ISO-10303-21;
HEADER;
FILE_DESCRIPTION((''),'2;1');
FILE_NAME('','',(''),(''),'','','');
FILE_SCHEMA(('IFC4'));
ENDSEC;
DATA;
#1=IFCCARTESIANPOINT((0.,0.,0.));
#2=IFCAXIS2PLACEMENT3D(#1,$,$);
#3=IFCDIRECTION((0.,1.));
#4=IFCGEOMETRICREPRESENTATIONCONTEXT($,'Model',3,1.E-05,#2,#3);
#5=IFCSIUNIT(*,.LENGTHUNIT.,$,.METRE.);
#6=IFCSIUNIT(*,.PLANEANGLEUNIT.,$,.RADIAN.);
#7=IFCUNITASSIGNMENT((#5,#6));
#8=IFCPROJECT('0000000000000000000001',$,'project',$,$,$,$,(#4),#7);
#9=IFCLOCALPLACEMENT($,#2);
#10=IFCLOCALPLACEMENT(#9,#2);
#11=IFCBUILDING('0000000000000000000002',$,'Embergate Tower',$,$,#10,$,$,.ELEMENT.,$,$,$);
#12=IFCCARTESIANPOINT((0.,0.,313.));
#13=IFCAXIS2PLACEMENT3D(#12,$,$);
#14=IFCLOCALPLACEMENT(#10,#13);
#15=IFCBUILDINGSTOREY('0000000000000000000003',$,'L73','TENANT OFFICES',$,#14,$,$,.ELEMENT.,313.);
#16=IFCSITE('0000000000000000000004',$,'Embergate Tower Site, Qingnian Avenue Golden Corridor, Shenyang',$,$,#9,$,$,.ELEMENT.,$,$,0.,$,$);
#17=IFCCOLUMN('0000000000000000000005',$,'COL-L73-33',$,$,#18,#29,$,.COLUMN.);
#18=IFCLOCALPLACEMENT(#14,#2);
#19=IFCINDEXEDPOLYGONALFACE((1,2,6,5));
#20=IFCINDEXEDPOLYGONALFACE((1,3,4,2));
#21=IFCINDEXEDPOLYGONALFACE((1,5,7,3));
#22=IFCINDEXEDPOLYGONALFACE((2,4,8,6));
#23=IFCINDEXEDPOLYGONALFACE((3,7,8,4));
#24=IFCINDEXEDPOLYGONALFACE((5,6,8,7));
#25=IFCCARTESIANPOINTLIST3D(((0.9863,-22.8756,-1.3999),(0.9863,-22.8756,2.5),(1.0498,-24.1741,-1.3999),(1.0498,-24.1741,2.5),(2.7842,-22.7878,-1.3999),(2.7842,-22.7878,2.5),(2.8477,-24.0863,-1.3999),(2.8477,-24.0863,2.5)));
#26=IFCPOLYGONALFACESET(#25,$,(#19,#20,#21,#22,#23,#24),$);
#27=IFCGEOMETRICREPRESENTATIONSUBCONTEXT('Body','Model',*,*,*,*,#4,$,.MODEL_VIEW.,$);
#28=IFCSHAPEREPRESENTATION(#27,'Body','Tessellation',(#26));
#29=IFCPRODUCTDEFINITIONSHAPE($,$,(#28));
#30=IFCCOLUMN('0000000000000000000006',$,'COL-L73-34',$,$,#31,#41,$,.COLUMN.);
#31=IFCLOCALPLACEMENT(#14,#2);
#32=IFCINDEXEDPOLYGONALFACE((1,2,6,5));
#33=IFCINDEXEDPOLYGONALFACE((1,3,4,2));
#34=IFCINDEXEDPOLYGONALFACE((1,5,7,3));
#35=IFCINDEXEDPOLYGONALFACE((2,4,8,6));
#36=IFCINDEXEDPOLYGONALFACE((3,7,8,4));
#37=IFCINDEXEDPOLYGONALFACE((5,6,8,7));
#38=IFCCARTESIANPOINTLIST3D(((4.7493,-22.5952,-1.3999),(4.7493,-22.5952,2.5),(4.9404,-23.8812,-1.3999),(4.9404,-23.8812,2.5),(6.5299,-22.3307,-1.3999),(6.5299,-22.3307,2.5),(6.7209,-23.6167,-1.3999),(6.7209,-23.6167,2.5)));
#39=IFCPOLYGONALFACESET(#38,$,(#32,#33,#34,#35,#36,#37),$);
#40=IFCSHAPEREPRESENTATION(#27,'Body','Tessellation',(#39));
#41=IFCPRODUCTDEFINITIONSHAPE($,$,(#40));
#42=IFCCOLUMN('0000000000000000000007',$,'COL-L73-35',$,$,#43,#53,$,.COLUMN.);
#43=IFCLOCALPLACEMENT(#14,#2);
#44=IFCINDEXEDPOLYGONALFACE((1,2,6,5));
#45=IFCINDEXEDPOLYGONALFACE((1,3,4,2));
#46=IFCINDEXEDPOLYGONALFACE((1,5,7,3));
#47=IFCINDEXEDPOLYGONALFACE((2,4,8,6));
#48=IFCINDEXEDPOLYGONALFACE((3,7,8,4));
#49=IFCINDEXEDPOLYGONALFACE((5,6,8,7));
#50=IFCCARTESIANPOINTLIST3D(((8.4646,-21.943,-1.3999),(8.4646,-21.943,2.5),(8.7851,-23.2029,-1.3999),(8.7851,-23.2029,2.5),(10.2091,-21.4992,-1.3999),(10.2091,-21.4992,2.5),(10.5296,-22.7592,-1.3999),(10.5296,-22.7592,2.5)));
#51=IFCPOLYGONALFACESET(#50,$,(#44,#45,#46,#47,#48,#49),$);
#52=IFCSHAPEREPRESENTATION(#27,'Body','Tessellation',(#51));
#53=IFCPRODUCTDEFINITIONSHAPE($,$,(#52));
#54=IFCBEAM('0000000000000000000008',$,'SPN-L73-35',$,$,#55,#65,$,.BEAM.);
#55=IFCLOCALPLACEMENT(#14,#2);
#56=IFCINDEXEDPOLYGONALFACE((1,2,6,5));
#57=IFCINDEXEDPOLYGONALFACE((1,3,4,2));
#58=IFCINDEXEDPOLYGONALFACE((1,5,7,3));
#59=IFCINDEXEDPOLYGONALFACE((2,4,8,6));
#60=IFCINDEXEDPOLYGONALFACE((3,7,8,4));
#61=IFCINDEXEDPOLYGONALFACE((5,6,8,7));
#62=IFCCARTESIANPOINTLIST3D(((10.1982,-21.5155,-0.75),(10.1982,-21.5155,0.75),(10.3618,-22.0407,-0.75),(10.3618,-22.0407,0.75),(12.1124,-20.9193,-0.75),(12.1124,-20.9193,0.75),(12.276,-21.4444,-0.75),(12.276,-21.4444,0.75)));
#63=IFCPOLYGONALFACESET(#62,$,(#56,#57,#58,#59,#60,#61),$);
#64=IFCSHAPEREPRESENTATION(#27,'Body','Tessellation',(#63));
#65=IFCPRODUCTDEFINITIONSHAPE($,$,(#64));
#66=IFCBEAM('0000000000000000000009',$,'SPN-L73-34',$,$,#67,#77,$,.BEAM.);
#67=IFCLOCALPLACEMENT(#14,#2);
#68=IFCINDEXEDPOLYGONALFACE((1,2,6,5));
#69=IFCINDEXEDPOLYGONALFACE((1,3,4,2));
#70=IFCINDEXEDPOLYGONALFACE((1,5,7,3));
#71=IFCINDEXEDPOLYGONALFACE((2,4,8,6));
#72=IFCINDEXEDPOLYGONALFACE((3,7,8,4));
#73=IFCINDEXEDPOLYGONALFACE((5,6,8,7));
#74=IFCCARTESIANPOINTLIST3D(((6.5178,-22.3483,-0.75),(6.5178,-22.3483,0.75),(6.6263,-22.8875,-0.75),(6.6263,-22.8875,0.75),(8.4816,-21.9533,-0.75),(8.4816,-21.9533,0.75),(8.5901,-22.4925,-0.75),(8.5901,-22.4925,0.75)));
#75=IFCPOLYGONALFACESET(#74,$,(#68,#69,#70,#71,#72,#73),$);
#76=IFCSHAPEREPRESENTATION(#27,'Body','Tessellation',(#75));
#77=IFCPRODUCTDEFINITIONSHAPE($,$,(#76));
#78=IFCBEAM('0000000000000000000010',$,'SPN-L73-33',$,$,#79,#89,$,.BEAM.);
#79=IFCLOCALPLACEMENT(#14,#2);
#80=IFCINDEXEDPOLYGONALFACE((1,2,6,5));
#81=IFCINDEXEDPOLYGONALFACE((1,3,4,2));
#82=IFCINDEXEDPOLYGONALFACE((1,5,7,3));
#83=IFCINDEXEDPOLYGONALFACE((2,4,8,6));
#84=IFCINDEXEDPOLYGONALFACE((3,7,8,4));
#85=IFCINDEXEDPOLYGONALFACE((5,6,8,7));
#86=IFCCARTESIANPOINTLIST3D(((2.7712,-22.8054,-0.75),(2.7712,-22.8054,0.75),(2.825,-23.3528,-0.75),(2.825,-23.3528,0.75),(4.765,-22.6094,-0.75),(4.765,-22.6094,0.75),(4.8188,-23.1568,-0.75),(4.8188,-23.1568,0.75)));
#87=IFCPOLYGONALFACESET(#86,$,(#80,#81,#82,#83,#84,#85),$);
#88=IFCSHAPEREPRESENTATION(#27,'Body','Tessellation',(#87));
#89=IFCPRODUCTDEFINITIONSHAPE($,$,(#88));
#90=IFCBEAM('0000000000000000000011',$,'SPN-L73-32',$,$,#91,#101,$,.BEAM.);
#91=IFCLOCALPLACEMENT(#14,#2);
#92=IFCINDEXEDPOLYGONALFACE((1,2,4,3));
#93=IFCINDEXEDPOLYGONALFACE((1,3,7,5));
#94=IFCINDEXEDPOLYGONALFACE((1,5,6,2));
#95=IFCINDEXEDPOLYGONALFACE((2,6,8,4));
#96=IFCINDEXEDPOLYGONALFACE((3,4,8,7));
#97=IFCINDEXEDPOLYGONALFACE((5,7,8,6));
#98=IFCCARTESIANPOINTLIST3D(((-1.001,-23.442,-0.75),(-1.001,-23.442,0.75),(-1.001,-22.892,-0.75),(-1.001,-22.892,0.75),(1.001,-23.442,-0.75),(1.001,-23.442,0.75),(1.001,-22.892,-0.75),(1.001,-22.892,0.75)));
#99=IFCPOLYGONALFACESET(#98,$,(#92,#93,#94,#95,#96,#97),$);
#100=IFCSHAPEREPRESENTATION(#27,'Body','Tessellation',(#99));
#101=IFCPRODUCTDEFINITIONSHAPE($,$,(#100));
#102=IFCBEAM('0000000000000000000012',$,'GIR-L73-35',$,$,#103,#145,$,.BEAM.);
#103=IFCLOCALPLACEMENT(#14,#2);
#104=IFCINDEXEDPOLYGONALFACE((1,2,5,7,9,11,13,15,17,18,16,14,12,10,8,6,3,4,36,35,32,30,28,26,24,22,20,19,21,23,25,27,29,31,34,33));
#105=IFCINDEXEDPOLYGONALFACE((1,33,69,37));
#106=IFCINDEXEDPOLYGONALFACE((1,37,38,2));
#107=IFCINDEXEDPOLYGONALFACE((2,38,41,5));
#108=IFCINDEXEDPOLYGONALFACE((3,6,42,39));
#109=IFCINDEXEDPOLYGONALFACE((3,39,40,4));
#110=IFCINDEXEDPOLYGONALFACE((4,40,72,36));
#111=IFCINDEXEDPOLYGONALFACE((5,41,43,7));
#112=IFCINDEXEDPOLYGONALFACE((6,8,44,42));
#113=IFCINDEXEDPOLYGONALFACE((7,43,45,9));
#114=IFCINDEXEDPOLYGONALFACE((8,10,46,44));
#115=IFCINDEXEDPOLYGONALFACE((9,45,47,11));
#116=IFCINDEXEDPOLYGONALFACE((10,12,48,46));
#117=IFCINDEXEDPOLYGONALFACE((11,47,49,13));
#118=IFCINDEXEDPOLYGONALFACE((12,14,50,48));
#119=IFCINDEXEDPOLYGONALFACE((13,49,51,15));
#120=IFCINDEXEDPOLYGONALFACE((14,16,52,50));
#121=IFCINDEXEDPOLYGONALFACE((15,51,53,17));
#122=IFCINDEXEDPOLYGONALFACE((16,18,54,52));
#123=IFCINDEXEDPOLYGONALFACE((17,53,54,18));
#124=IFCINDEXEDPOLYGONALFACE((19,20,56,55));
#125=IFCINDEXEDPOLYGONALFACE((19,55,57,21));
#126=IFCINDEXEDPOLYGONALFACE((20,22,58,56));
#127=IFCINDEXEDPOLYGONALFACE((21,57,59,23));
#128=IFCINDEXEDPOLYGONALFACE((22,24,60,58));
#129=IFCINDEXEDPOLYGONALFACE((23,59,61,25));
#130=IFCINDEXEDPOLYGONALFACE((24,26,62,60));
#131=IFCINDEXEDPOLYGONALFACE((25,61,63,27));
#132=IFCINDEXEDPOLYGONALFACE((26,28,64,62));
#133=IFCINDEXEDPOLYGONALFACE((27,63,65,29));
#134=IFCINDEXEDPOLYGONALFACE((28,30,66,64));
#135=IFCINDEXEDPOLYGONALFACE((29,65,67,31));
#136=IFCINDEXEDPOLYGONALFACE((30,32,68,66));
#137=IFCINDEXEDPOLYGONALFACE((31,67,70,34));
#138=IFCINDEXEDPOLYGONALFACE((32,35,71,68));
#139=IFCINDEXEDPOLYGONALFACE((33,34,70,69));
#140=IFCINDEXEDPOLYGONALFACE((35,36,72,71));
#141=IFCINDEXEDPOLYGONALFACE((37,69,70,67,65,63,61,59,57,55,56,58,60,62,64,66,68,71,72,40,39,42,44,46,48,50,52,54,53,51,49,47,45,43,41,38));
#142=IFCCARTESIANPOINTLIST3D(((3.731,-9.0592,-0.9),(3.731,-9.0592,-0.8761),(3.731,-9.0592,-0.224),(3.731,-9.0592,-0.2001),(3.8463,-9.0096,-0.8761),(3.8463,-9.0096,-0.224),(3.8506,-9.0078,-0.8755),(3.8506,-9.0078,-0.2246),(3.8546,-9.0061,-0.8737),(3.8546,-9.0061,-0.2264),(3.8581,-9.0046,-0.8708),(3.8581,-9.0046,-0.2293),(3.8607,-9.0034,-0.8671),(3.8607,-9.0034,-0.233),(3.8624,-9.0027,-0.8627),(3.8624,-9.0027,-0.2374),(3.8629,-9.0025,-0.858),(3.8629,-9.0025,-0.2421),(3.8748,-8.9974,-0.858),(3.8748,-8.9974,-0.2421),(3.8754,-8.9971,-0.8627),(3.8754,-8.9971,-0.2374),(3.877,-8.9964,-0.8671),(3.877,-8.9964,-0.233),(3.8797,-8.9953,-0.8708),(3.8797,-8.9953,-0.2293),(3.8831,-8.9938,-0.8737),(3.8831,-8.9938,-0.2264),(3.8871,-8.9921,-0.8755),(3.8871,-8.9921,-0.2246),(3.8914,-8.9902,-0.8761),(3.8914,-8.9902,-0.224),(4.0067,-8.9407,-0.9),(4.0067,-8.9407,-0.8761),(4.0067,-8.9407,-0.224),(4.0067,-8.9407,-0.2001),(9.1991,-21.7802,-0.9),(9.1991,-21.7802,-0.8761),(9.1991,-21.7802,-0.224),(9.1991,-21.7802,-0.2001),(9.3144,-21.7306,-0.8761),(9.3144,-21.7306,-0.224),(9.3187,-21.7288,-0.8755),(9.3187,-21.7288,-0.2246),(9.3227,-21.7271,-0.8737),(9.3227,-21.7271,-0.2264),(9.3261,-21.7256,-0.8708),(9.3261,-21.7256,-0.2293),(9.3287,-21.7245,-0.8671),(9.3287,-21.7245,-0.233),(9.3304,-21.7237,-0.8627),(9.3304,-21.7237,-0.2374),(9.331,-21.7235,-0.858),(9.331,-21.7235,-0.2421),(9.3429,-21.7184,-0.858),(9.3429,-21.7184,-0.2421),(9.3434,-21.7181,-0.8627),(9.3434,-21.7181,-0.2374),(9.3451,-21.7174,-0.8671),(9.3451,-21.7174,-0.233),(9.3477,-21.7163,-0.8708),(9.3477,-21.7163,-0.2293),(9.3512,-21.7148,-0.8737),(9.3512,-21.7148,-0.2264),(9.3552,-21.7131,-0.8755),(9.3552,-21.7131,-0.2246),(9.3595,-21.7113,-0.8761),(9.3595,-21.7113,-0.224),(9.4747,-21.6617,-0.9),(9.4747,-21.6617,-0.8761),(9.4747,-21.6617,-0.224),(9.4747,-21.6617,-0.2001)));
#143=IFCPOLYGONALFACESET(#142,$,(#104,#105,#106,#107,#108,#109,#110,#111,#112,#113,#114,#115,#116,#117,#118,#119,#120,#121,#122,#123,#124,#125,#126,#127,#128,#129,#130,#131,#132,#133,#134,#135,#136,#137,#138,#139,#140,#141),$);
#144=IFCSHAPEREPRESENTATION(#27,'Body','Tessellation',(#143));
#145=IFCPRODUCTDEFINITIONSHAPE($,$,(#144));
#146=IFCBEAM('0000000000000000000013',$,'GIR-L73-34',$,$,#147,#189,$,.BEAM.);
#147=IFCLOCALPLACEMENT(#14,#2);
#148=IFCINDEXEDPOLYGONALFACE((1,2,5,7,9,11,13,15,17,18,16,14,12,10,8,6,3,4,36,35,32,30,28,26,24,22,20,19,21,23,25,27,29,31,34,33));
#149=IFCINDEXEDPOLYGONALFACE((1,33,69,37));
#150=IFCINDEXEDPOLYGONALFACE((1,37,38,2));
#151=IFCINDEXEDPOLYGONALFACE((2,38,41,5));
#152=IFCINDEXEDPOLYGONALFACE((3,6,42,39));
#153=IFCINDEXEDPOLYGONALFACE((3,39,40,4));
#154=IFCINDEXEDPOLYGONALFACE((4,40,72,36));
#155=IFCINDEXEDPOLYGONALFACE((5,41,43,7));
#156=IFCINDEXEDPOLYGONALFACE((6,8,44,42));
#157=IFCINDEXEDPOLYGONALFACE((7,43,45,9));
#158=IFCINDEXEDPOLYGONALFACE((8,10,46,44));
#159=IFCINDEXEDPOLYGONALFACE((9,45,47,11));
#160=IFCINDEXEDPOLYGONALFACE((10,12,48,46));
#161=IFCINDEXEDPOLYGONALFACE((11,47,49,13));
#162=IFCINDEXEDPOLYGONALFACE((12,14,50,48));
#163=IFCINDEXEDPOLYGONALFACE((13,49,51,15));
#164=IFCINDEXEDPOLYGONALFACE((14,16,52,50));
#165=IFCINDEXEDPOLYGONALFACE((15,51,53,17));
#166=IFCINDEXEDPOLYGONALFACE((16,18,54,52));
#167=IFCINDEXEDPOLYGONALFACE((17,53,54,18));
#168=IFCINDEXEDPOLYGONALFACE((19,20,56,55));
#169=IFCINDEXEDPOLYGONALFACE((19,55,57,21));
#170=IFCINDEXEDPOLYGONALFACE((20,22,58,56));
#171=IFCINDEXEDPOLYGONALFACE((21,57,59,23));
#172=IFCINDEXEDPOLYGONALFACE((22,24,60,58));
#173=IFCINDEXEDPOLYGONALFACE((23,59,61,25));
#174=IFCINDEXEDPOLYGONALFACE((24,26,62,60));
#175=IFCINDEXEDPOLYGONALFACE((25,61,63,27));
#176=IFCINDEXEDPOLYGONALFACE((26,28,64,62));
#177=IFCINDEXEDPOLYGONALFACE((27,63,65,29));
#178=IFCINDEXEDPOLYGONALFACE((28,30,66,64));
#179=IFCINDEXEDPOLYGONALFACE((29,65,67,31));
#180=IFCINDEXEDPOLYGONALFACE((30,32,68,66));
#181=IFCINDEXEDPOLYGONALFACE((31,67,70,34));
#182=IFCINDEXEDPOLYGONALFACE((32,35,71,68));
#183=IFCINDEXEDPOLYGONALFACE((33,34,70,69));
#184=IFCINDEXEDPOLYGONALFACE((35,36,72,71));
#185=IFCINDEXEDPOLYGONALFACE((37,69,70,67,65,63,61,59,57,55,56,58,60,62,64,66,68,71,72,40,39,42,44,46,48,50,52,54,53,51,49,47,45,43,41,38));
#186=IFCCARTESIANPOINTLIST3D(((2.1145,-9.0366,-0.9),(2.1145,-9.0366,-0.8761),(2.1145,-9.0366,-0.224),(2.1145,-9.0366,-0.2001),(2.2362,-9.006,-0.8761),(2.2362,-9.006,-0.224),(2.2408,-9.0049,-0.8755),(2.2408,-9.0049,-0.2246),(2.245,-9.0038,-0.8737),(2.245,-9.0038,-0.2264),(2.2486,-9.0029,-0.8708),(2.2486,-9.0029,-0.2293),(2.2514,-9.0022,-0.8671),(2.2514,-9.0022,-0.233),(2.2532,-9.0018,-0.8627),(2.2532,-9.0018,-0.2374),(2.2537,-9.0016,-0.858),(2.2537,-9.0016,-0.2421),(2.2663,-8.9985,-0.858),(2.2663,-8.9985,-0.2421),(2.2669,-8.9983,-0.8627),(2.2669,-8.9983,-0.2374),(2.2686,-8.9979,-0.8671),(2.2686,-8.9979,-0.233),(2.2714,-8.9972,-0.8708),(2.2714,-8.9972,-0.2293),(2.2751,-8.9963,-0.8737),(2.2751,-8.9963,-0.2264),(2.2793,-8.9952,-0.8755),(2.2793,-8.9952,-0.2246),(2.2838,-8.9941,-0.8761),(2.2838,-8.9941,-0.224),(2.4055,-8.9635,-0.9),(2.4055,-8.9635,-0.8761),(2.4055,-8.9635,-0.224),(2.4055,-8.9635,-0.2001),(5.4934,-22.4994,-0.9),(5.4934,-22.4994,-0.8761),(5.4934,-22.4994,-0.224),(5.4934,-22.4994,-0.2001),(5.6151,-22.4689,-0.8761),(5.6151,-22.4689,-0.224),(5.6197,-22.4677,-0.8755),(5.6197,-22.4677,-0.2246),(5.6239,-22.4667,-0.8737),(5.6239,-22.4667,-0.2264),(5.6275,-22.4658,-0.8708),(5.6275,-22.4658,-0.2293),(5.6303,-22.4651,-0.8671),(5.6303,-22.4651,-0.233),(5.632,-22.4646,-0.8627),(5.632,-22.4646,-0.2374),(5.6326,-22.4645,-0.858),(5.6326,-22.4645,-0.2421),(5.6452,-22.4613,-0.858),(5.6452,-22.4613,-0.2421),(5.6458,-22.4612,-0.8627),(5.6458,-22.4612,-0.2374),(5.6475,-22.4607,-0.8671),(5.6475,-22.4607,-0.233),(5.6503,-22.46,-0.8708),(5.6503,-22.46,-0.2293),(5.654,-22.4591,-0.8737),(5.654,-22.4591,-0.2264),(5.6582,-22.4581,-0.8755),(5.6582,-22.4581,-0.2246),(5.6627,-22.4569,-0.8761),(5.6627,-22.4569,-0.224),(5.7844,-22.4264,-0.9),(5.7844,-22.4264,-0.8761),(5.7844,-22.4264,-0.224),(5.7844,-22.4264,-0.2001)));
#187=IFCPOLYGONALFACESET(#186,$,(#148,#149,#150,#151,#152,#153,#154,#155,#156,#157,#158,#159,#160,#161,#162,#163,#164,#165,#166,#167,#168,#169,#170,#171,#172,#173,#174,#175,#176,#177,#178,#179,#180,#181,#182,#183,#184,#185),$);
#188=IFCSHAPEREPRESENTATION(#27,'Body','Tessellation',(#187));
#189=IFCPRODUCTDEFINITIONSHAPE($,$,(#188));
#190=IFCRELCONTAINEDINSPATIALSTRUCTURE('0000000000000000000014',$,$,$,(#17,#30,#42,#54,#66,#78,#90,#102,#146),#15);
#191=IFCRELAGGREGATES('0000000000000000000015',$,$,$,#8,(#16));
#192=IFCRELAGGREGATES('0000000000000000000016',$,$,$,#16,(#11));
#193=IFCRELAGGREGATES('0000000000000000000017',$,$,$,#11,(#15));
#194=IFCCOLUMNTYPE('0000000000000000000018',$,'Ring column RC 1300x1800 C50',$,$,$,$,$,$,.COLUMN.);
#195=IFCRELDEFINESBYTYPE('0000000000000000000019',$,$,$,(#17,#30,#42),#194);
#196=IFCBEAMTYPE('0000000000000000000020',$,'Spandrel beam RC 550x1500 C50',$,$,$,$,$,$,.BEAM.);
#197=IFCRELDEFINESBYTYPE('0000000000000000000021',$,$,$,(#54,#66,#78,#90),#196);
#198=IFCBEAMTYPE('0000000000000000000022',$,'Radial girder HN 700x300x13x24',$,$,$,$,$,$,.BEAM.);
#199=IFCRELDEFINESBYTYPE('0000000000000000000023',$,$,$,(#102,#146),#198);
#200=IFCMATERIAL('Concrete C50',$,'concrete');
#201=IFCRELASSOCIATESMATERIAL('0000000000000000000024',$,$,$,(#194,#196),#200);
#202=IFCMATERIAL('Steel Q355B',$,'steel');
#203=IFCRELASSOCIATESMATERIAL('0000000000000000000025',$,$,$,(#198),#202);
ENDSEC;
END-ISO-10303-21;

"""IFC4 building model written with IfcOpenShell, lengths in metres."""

from ifc_helpers import new_model, si_unit, direction, frame, origin, origin_2d, place, context, subcontext, project, spatial, rectangle, i_section, extrude, source, transform, mapped, material, material_profile, profile_set, type_object, element, save


model = new_model("IFC4")

# Units and contexts
model_context = context("Model", 3, precision=1e-05, world=origin(), true_north=direction((0.0, 1.0)))
body_context = subcontext(model_context, "Body", "Model", "MODEL_VIEW")
ifc_project = project(units=[si_unit("LENGTHUNIT", "METRE"), si_unit("PLANEANGLEUNIT", "RADIAN")], contexts=[model_context])

# Site, building, storey
site_placement = place(None, origin())
site = spatial("IfcSite", under=ifc_project, at=site_placement, Name="Embergate Tower Site, Qingnian Avenue Golden Corridor, Shenyang", CompositionType="ELEMENT", RefElevation=0.0)
building_placement = place(site_placement, origin())
building = spatial("IfcBuilding", under=site, at=building_placement, Name="Embergate Tower", CompositionType="ELEMENT")
storey_placement = place(building_placement, frame((0.0, 0.0, 313.0)))
storey = spatial("IfcBuildingStorey", under=building, at=storey_placement, Name="L73", Description="TENANT OFFICES", CompositionType="ELEMENT", Elevation=313.0)

# Columns
ifc_material_1 = material(Name="Concrete C50", Category="concrete")
ifc_material_profile_1 = material_profile(ifc_material_1, rectangle(XDim=1.3, YDim=1.8, at=origin_2d()), Name="RC 1300x1800")
ifc_profile_set_1 = profile_set([ifc_material_profile_1], Name="Concrete C50")
column_type = type_object("IfcColumnType", Name="Ring column RC 1300x1800 C50", PredefinedType="COLUMN", material=ifc_profile_set_1)
shared_shape_1 = source(origin(), body_context, "Body", "SweptSolid", [
    extrude(rectangle(XDim=1.3, YDim=1.8, at=origin_2d()), origin(), (0.0, 0.0, 1.0), 3.8999),
])
for number, where, z_axis, x_axis, name in (
    (1, (1.917, -23.481, -1.3999), (0.0, 0.0, 1.0), (0.048815, -0.998808, 0.0), "COL-L73-33"),
    (2, (5.7351, -23.106, -1.3999), (0.0, 0.0, 1.0), (0.146929, -0.989147, 0.0), "COL-L73-34"),
    (3, (9.4971, -22.3511, -1.3999), (0.0, 0.0, 1.0), (0.246509, -0.969141, 0.0), "COL-L73-35"),
):
    element("IfcColumn", number, at=place(storey_placement, frame(where, z_axis=z_axis, x_axis=x_axis)), inside=storey, type_object=column_type, Name=name, PredefinedType="COLUMN", context=body_context, shape_type="MappedRepresentation", body=[
        mapped(shared_shape_1, transform((0.0, 0.0, 0.0))),
    ])

# Beams
ifc_material_profile_2 = material_profile(ifc_material_1, rectangle(XDim=0.55, YDim=1.5, at=origin_2d()), Name="RC 550x1500")
ifc_profile_set_2 = profile_set([ifc_material_profile_2], Name="Concrete C50")
beam_type_1 = type_object("IfcBeamType", Name="Spandrel beam RC 550x1500 C50", PredefinedType="BEAM", material=ifc_profile_set_2)
shared_shape_2 = source(origin(), body_context, "Body", "SweptSolid", [
    extrude(rectangle(XDim=0.55, YDim=1.5, at=origin_2d()), origin(), (0.0, 0.0, 1.0), 2.0049),
])
beam_1_placement = place(storey_placement, frame((10.28, -21.7781, 0.0), z_axis=(0.954757, 0.297387, 0.0), x_axis=(-0.297387, 0.954757, 0.0)))
element("IfcBeam", 4, at=beam_1_placement, inside=storey, type_object=beam_type_1, Name="SPN-L73-35", PredefinedType="BEAM", context=body_context, shape_type="MappedRepresentation", body=[
    mapped(shared_shape_2, transform((0.0, 0.0, 0.0))),
])
shared_shape_3 = source(origin(), body_context, "Body", "SweptSolid", [
    extrude(rectangle(XDim=0.55, YDim=1.5, at=origin_2d()), origin(), (0.0, 0.0, 1.0), 2.0032),
])
beam_2_placement = place(storey_placement, frame((6.572, -22.6179, 0.0), z_axis=(0.980364, 0.197194, 0.0), x_axis=(-0.197194, 0.980364, 0.0)))
element("IfcBeam", 5, at=beam_2_placement, inside=storey, type_object=beam_type_1, Name="SPN-L73-34", PredefinedType="BEAM", context=body_context, shape_type="MappedRepresentation", body=[
    mapped(shared_shape_3, transform((0.0, 0.0, 0.0))),
])
shared_shape_4 = source(origin(), body_context, "Body", "SweptSolid", [
    extrude(rectangle(XDim=0.55, YDim=1.5, at=origin_2d()), origin(), (0.0, 0.0, 1.0), 2.0034),
])
beam_3_placement = place(storey_placement, frame((2.7981, -23.0791, 0.0), z_axis=(0.995201, 0.097851, 0.0), x_axis=(-0.097851, 0.995201, 0.0)))
element("IfcBeam", 6, at=beam_3_placement, inside=storey, type_object=beam_type_1, Name="SPN-L73-33", PredefinedType="BEAM", context=body_context, shape_type="MappedRepresentation", body=[
    mapped(shared_shape_4, transform((0.0, 0.0, 0.0))),
])
shared_shape_5 = source(origin(), body_context, "Body", "SweptSolid", [
    extrude(rectangle(XDim=0.55, YDim=1.5, at=origin_2d()), origin(), (0.0, 0.0, 1.0), 2.002),
])
beam_4_placement = place(storey_placement, frame((-1.001, -23.167, 0.0), z_axis=(1.0, 0.0, 0.0), x_axis=(0.0, 1.0, 0.0)))
element("IfcBeam", 7, at=beam_4_placement, inside=storey, type_object=beam_type_1, Name="SPN-L73-32", PredefinedType="BEAM", context=body_context, shape_type="MappedRepresentation", body=[
    mapped(shared_shape_5, transform((0.0, 0.0, 0.0))),
])
ifc_material_2 = material(Name="Steel Q355B", Category="steel")
ifc_material_profile_3 = material_profile(ifc_material_2, i_section(OverallWidth=0.3, OverallDepth=0.7, WebThickness=0.0129, FlangeThickness=0.0239, FilletRadius=0.0181, at=origin_2d()), Name="HN 700x300x13x24")
ifc_profile_set_3 = profile_set([ifc_material_profile_3], Name="Steel Q355 grade B")
beam_type_2 = type_object("IfcBeamType", Name="Radial girder HN 700x300x13x24", PredefinedType="BEAM", material=ifc_profile_set_3)
shared_shape_6 = source(origin(), body_context, "Body", "SweptSolid", [
    extrude(i_section(OverallWidth=0.3, OverallDepth=0.7, WebThickness=0.0129, FlangeThickness=0.0239, FilletRadius=0.0181, at=origin_2d()), origin(), (0.0, 0.0, 1.0), 13.8464),
])
beam_5_placement = place(storey_placement, frame((9.3369, -21.7209, -0.55), z_axis=(-0.394906, 0.918721, 0.0), x_axis=(-0.918721, -0.394906, 0.0)))
element("IfcBeam", 8, at=beam_5_placement, inside=storey, type_object=beam_type_2, Name="GIR-L73-35", PredefinedType="BEAM", context=body_context, shape_type="MappedRepresentation", body=[
    mapped(shared_shape_6, transform((0.0, 0.0, 0.0))),
])
shared_shape_7 = source(origin(), body_context, "Body", "SweptSolid", [
    extrude(i_section(OverallWidth=0.3, OverallDepth=0.7, WebThickness=0.0129, FlangeThickness=0.0239, FilletRadius=0.0181, at=origin_2d()), origin(), (0.0, 0.0, 1.0), 13.8804),
])
beam_6_placement = place(storey_placement, frame((5.6389, -22.4629, -0.55), z_axis=(-0.243429, 0.969919, 0.0), x_axis=(-0.969919, -0.243429, 0.0)))
element("IfcBeam", 9, at=beam_6_placement, inside=storey, type_object=beam_type_2, Name="GIR-L73-34", PredefinedType="BEAM", context=body_context, shape_type="MappedRepresentation", body=[
    mapped(shared_shape_7, transform((0.0, 0.0, 0.0))),
])

save(model, "model.ifc")
